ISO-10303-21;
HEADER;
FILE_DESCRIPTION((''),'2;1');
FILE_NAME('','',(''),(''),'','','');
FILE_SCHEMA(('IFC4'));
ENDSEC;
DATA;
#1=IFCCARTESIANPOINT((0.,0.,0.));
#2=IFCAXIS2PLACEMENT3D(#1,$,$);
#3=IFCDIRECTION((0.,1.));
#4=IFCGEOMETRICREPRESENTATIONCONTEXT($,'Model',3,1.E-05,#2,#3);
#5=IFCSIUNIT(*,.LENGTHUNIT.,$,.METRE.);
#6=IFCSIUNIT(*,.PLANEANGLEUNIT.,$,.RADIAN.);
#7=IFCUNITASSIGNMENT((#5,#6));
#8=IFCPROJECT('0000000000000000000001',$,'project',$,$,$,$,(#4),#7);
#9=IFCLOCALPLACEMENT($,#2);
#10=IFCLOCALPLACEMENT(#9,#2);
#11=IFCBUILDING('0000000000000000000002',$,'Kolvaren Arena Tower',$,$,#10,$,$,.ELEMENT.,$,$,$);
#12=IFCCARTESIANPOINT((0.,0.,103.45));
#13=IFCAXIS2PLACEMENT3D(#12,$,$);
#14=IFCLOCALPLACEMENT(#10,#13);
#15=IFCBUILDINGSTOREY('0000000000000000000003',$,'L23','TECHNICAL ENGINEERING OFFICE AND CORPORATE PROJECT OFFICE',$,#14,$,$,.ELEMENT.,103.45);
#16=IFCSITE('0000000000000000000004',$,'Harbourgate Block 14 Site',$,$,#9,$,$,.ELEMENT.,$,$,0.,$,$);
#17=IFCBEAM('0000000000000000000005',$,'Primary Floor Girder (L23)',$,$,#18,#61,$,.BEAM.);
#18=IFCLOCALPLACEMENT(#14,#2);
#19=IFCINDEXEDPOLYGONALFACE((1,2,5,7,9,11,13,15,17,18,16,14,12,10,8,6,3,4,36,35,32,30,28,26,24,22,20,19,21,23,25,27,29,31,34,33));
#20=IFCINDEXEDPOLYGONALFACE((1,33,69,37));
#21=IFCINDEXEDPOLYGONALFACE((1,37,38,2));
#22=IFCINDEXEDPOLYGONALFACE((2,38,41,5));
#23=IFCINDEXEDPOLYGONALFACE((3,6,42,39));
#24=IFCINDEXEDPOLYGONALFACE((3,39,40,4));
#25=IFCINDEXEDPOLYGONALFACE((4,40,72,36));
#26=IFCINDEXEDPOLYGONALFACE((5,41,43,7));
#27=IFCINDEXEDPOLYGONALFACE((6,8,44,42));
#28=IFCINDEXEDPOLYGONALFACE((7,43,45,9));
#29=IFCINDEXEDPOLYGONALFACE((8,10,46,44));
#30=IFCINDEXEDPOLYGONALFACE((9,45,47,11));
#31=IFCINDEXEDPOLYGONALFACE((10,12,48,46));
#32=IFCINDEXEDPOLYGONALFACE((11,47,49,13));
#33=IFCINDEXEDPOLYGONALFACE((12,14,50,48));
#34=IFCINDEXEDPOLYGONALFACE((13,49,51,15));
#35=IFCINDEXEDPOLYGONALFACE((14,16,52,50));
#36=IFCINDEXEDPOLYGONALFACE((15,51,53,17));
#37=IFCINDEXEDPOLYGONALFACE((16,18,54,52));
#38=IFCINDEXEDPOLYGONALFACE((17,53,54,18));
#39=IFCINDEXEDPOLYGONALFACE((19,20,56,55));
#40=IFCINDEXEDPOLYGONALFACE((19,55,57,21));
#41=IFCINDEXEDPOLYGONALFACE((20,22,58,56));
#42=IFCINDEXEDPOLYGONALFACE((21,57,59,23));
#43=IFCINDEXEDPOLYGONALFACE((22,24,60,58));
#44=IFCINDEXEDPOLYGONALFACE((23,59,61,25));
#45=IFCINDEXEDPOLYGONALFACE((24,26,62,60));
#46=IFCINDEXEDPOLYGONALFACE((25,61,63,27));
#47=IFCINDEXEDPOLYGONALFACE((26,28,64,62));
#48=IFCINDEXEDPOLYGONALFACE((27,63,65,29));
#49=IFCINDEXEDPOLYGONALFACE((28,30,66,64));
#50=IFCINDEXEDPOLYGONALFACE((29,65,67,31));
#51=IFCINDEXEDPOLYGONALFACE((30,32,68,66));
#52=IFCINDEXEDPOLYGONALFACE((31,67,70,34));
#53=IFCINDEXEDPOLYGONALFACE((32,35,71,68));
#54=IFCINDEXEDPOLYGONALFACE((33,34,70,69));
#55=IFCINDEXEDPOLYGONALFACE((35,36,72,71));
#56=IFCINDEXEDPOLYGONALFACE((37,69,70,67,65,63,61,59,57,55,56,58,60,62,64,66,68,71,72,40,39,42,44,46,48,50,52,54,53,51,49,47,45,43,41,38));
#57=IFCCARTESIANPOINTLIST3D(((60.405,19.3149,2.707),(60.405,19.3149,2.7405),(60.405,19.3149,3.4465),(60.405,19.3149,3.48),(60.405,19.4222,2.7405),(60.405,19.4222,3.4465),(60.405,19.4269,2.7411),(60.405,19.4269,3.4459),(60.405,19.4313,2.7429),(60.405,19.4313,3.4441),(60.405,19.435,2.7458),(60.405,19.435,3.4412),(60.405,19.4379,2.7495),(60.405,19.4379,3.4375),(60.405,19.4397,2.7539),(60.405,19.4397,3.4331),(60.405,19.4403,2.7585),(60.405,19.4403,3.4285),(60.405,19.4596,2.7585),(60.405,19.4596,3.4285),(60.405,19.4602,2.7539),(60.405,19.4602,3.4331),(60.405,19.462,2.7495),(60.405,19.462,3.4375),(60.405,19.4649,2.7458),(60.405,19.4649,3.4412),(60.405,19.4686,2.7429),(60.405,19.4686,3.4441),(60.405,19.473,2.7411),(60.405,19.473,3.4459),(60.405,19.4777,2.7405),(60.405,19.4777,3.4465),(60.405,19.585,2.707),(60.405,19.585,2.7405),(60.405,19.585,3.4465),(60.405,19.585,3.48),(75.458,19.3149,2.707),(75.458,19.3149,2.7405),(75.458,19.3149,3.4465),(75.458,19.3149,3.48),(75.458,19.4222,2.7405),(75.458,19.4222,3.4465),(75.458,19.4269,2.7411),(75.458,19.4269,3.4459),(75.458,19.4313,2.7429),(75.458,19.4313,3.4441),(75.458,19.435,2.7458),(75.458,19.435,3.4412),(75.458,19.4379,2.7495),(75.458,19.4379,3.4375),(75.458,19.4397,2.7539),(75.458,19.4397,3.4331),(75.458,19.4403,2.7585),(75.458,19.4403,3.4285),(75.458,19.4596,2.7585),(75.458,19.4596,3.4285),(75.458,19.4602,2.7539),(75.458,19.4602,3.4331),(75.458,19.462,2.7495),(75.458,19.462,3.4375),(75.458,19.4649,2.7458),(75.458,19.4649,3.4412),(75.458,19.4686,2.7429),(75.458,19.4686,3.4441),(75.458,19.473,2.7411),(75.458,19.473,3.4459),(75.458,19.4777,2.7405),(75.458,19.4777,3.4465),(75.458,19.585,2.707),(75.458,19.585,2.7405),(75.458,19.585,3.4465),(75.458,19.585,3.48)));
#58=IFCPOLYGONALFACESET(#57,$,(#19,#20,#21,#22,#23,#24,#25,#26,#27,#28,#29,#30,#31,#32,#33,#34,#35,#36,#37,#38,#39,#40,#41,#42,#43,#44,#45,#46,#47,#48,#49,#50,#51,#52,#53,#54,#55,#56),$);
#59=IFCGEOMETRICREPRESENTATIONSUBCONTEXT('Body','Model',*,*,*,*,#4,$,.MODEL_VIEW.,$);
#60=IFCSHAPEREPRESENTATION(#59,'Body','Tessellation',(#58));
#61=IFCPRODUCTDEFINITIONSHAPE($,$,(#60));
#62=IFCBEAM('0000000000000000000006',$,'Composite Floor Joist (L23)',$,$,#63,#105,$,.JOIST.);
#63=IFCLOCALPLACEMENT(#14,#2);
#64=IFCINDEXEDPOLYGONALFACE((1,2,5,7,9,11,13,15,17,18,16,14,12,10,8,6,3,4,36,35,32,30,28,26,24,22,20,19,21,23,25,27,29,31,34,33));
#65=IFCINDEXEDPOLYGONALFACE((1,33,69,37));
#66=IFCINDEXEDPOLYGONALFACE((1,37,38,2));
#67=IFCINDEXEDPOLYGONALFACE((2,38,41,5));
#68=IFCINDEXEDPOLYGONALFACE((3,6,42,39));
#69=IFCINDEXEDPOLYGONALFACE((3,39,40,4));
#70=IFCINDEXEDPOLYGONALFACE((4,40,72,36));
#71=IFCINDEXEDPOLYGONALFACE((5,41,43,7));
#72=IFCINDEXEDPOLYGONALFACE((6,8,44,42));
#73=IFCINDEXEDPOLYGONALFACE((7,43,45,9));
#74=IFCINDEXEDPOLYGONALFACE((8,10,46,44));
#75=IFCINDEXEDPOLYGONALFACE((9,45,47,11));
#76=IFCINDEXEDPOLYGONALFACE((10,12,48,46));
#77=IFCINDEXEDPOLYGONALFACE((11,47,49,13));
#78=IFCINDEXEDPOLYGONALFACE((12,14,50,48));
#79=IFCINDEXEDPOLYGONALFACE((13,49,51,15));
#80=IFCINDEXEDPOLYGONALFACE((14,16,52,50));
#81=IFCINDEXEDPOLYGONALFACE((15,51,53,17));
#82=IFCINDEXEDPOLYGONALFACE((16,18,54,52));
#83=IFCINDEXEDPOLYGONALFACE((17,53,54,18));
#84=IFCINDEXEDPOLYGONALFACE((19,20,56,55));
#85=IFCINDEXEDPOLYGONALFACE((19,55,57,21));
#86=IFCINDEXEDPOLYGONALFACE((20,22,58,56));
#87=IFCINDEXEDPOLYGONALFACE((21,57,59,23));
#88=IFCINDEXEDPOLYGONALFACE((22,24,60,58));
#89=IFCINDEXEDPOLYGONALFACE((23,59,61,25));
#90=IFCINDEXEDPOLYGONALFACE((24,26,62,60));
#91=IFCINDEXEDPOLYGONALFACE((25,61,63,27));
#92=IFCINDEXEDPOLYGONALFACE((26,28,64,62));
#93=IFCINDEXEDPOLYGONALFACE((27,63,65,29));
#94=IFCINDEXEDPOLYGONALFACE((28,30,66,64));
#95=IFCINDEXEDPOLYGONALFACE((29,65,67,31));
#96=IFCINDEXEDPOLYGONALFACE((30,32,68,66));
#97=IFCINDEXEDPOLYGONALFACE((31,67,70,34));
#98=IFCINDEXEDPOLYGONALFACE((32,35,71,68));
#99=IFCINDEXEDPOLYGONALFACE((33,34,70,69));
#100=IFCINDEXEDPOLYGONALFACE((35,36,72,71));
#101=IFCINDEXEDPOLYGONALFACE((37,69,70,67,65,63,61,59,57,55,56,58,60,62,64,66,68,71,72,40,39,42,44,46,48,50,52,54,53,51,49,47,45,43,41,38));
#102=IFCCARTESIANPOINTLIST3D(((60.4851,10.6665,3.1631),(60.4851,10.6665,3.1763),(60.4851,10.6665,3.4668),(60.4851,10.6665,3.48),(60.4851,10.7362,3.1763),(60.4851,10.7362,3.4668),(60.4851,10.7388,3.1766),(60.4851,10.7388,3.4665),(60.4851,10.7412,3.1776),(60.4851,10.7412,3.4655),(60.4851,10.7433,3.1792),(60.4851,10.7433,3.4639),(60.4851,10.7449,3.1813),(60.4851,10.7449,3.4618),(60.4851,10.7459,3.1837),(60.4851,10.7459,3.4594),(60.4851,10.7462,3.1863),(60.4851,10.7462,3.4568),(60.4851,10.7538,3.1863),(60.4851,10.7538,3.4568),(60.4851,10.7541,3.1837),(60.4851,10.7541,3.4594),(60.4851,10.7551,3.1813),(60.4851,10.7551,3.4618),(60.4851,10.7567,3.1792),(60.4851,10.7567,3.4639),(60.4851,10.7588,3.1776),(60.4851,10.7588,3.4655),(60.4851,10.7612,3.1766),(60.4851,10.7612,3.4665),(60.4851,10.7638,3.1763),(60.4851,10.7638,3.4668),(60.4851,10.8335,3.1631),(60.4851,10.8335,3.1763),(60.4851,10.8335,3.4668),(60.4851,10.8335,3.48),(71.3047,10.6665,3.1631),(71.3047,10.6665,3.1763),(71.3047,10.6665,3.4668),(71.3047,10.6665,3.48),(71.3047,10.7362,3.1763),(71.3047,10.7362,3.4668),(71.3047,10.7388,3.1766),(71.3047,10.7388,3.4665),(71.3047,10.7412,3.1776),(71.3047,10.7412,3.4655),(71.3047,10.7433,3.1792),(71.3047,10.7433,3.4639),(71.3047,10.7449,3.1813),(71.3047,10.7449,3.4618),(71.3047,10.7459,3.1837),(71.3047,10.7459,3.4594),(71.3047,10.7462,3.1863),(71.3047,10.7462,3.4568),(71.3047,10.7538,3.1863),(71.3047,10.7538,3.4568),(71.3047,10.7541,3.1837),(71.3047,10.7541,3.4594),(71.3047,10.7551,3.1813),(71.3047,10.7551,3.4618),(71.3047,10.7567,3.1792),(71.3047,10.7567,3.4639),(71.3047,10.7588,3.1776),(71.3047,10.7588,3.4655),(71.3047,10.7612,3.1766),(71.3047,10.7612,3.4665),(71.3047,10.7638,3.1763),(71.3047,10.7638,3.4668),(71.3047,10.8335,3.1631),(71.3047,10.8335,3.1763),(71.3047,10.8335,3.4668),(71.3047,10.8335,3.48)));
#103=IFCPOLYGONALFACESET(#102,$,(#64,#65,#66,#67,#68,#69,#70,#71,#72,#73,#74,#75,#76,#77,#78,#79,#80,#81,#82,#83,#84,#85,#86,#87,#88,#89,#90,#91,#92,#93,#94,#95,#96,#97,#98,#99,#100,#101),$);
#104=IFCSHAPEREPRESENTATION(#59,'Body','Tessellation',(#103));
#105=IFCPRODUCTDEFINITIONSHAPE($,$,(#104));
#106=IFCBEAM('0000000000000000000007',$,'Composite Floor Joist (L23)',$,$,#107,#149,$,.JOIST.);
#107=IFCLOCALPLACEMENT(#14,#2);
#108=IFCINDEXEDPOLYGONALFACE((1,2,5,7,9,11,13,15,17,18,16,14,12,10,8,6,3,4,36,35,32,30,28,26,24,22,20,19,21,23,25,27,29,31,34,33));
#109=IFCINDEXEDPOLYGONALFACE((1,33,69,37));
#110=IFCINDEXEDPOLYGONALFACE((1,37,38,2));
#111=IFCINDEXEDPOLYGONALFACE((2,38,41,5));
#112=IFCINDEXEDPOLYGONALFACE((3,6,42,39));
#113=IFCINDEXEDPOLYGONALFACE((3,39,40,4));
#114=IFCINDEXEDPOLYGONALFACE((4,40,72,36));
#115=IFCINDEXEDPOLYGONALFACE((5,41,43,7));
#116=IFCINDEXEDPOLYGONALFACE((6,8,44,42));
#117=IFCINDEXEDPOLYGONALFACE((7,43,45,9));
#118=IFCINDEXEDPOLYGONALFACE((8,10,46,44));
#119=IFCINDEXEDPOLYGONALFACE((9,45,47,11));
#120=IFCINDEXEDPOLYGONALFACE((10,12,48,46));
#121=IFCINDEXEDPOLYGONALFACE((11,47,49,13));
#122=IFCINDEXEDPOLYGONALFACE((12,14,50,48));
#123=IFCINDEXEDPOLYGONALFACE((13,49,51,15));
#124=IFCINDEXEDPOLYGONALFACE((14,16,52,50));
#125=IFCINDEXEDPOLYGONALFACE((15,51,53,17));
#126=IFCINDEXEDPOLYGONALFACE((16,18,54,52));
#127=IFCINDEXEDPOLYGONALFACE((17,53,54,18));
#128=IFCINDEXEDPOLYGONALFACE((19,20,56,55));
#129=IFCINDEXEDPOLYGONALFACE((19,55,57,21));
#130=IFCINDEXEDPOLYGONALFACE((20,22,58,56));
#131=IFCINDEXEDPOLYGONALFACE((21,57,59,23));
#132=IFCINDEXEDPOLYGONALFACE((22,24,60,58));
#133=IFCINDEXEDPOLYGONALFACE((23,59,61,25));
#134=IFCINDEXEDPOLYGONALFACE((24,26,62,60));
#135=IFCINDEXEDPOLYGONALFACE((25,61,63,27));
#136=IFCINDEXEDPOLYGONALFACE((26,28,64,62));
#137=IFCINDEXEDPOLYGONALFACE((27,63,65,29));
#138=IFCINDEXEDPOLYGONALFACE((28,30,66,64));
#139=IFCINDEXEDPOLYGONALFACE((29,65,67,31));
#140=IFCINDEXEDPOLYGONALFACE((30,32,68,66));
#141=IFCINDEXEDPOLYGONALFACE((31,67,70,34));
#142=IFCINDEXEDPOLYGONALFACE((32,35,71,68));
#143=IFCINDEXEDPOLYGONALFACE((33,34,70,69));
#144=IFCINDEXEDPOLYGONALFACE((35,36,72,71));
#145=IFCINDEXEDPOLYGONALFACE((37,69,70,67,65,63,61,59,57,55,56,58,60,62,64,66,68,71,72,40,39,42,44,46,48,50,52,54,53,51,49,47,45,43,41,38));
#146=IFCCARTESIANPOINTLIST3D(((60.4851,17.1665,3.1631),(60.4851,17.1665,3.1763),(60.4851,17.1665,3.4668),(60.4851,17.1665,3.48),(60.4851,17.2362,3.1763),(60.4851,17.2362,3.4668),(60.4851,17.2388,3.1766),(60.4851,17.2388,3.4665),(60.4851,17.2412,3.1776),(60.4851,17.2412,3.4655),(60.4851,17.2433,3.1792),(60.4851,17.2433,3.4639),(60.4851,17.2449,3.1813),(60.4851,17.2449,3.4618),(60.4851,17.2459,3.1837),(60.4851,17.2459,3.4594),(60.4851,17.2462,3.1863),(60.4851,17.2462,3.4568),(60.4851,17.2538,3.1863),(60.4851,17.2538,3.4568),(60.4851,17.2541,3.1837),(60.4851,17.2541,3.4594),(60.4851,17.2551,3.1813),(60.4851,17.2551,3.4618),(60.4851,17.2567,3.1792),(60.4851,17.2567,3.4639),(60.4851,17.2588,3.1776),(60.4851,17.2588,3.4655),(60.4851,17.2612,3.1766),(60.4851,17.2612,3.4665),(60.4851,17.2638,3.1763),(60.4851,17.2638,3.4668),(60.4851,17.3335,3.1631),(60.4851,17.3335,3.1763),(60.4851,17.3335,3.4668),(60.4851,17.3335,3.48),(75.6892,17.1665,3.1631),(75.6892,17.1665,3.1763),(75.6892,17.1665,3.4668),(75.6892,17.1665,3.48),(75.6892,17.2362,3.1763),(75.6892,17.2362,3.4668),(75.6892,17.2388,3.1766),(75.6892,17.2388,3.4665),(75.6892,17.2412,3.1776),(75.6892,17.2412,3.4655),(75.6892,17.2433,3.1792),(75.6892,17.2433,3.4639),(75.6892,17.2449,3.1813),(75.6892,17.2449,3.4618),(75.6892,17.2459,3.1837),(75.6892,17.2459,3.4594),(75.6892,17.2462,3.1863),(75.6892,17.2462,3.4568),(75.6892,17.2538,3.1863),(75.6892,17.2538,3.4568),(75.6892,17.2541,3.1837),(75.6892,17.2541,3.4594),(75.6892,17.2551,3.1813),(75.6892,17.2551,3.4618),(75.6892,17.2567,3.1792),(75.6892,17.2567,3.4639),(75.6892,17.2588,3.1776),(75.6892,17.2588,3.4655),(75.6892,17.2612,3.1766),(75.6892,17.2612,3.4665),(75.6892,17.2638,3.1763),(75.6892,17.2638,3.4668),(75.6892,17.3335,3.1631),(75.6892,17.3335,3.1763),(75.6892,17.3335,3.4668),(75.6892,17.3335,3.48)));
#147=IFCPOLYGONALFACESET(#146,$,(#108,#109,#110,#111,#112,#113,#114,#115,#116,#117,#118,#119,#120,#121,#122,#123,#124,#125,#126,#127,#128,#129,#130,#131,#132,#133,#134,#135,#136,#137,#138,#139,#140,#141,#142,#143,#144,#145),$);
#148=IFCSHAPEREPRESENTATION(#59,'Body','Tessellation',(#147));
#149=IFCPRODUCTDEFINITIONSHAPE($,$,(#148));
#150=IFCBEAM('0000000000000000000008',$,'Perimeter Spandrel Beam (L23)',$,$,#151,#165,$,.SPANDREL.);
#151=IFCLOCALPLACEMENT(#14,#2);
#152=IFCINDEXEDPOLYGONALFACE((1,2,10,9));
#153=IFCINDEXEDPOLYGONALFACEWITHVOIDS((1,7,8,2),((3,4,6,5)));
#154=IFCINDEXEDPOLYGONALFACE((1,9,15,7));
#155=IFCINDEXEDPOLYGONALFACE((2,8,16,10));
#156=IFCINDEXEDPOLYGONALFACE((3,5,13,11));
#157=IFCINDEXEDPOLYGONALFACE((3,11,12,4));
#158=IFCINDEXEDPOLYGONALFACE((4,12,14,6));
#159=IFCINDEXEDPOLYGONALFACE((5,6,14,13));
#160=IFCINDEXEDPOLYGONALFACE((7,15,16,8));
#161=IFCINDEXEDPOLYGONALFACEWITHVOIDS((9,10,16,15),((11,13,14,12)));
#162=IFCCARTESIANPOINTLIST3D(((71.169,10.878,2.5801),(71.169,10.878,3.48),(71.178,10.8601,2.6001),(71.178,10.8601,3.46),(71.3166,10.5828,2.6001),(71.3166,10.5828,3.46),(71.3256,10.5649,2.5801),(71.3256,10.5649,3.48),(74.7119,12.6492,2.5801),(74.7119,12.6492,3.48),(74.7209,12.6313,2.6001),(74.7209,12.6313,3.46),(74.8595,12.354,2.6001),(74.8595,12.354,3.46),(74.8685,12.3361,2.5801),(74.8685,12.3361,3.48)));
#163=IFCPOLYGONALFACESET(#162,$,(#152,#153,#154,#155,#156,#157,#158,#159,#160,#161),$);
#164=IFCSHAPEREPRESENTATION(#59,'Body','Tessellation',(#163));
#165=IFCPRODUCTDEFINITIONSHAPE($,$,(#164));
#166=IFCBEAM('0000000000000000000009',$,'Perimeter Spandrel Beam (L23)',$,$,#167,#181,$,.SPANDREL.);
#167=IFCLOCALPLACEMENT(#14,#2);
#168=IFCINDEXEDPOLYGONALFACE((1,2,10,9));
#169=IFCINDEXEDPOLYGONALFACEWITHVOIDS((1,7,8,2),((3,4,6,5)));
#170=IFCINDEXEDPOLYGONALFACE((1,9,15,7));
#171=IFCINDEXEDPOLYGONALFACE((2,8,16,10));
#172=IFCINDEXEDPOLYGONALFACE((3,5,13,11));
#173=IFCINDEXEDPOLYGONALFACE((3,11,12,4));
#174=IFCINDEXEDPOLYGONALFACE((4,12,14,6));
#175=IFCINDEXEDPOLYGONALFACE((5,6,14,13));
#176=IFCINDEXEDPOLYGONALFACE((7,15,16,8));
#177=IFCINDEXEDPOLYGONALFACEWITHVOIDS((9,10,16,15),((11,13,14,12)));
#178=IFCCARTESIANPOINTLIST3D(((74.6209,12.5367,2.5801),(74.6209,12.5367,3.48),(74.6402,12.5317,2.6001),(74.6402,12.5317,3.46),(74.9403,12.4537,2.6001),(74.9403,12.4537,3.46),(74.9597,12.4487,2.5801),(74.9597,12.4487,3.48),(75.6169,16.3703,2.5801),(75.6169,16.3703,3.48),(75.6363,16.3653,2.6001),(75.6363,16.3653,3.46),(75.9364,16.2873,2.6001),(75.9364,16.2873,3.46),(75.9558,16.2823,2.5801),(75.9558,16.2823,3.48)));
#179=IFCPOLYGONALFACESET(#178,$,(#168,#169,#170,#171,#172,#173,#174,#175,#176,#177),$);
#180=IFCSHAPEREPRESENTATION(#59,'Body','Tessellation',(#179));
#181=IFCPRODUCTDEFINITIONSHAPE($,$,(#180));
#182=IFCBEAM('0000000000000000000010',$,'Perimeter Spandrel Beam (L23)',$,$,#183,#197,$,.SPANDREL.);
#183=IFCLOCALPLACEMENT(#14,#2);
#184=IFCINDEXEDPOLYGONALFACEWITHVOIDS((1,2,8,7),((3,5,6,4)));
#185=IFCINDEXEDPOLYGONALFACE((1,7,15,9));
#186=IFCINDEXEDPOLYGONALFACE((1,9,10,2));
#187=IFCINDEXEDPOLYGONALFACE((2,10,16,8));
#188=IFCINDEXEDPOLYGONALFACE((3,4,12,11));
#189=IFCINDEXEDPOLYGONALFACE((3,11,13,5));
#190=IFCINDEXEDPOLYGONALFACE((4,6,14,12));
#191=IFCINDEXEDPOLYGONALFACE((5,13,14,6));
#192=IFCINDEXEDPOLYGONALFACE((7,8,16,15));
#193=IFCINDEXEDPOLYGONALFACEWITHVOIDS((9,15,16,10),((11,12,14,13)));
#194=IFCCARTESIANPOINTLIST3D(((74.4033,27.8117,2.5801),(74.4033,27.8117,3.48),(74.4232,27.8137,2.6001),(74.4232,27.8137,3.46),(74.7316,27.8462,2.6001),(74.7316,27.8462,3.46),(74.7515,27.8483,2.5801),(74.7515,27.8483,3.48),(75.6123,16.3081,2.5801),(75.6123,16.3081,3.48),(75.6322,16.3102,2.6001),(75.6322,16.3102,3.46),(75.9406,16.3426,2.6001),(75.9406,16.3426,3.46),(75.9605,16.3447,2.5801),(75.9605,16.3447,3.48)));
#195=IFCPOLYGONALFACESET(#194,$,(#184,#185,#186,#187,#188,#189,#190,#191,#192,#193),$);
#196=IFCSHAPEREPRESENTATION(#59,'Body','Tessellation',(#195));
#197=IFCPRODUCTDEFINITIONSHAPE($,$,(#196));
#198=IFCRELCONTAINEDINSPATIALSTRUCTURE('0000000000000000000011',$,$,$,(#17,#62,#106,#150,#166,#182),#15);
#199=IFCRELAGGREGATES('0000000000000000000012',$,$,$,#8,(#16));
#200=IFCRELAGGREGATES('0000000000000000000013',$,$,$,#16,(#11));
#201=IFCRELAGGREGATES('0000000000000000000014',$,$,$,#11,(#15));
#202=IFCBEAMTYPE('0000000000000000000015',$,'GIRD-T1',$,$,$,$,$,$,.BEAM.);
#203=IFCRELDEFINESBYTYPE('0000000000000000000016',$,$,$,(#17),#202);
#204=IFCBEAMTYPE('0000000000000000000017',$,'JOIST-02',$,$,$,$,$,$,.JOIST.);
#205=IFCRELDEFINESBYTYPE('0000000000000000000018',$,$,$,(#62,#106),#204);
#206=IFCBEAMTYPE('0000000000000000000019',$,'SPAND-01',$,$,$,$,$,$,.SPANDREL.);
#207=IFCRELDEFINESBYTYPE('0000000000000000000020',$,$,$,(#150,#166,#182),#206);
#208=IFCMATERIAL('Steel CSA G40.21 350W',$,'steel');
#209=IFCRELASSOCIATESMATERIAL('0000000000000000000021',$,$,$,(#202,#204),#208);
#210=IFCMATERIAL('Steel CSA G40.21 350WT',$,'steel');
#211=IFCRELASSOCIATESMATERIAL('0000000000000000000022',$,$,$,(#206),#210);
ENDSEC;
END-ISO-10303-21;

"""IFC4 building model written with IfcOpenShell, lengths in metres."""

from ifc_helpers import new_model, si_unit, direction, frame, origin, origin_2d, place, context, subcontext, project, spatial, hollow_rectangle, i_section, extrude, material, material_profile, profile_set, type_object, element, save


model = new_model("IFC4")

# Units and contexts
model_context = context("Model", 3, precision=1e-05, world=origin(), true_north=direction((0.0, 1.0)))
body_context = subcontext(model_context, "Body", "Model", "MODEL_VIEW")
ifc_project = project(units=[si_unit("LENGTHUNIT", "METRE"), si_unit("PLANEANGLEUNIT", "RADIAN")], contexts=[model_context])

# Site, building, storey
site_placement = place(None, origin())
site = spatial("IfcSite", under=ifc_project, at=site_placement, Name="Harbourgate Block 14 Site", CompositionType="ELEMENT", RefElevation=0.0)
building_placement = place(site_placement, origin())
building = spatial("IfcBuilding", under=site, at=building_placement, Name="Kolvaren Arena Tower", CompositionType="ELEMENT")
storey_placement = place(building_placement, frame((0.0, 0.0, 103.45)))
storey = spatial("IfcBuildingStorey", under=building, at=storey_placement, Name="L23", Description="TECHNICAL ENGINEERING OFFICE AND CORPORATE PROJECT OFFICE", CompositionType="ELEMENT", Elevation=103.45)

# Beams
ifc_material_1 = material(Name="Steel CSA G40.21 350W", Category="steel")
ifc_material_profile_1 = material_profile(ifc_material_1, i_section(OverallWidth=0.27, OverallDepth=0.7729, WebThickness=0.0193, FlangeThickness=0.0334, FilletRadius=0.0181, at=origin_2d()), Name="W760x257")
ifc_profile_set_1 = profile_set([ifc_material_profile_1], Name="Steel CSA G40.21 350W")
beam_type_1 = type_object("IfcBeamType", Name="GIRD-T1", PredefinedType="BEAM", material=ifc_profile_set_1)
beam_1_placement = place(storey_placement, frame((60.405, 19.45, 3.0935), z_axis=(1.0, 0.0, 0.0), x_axis=(0.0, 1.0, 0.0)))
element("IfcBeam", 1, at=beam_1_placement, inside=storey, type_object=beam_type_1, Name="Primary Floor Girder (L23)", PredefinedType="BEAM", context=body_context, shape_type="SweptSolid", body=[
    extrude(i_section(OverallWidth=0.27, OverallDepth=0.7729, WebThickness=0.0193, FlangeThickness=0.0334, FilletRadius=0.0181, at=origin_2d()), origin(), (0.0, 0.0, 1.0), 15.053),
])
ifc_material_profile_2 = material_profile(ifc_material_1, i_section(OverallWidth=0.167, OverallDepth=0.3169, WebThickness=0.0076, FlangeThickness=0.0132, FilletRadius=0.01, at=origin_2d()), Name="W310x52")
ifc_profile_set_2 = profile_set([ifc_material_profile_2], Name="Steel CSA G40.21 350W")
beam_type_2 = type_object("IfcBeamType", Name="JOIST-02", PredefinedType="JOIST", material=ifc_profile_set_2)
beam_2_placement = place(storey_placement, frame((60.4851, 10.75, 3.3215), z_axis=(1.0, 0.0, 0.0), x_axis=(0.0, 1.0, 0.0)))
element("IfcBeam", 2, at=beam_2_placement, inside=storey, type_object=beam_type_2, Name="Composite Floor Joist (L23)", PredefinedType="JOIST", context=body_context, shape_type="SweptSolid", body=[
    extrude(i_section(OverallWidth=0.167, OverallDepth=0.3169, WebThickness=0.0076, FlangeThickness=0.0132, FilletRadius=0.01, at=origin_2d()), origin(), (0.0, 0.0, 1.0), 10.8196),
])
beam_3_placement = place(storey_placement, frame((60.4851, 17.25, 3.3215), z_axis=(1.0, 0.0, 0.0), x_axis=(0.0, 1.0, 0.0)))
element("IfcBeam", 3, at=beam_3_placement, inside=storey, type_object=beam_type_2, Name="Composite Floor Joist (L23)", PredefinedType="JOIST", context=body_context, shape_type="SweptSolid", body=[
    extrude(i_section(OverallWidth=0.167, OverallDepth=0.3169, WebThickness=0.0076, FlangeThickness=0.0132, FilletRadius=0.01, at=origin_2d()), origin(), (0.0, 0.0, 1.0), 15.2041),
])
ifc_material_2 = material(Name="Steel CSA G40.21 350WT", Category="steel")
ifc_material_profile_3 = material_profile(ifc_material_2, hollow_rectangle(XDim=0.3501, YDim=0.8999, WallThickness=0.02, at=origin_2d()), Name="HSS 900x350x20")
ifc_profile_set_3 = profile_set([ifc_material_profile_3], Name="Steel CSA G40.21 350WT")
beam_type_3 = type_object("IfcBeamType", Name="SPAND-01", PredefinedType="SPANDREL", material=ifc_profile_set_3)
for number, where, z_axis, x_axis, name in (
    (4, (71.2473, 10.7214, 3.03), (0.894452, 0.447164, 0.0), (-0.447164, 0.894452, 0.0), "Perimeter Spandrel Beam (L23)"),
    (5, (74.7903, 12.4927, 3.03), (0.251473, 0.967864, 0.0), (-0.967864, 0.251473, 0.0), "Perimeter Spandrel Beam (L23)"),
):
    element("IfcBeam", number, at=place(storey_placement, frame(where, z_axis=z_axis, x_axis=x_axis)), inside=storey, type_object=beam_type_3, Name=name, PredefinedType="SPANDREL", context=body_context, shape_type="SweptSolid", body=[
        extrude(hollow_rectangle(XDim=0.3501, YDim=0.8999, WallThickness=0.02, at=origin_2d()), origin(), (0.0, 0.0, 1.0), 3.9609),
    ])
beam_4_placement = place(storey_placement, frame((75.7864, 16.3264, 3.03), z_axis=(-0.104522, 0.994523, 0.0), x_axis=(-0.994523, -0.104522, 0.0)))
element("IfcBeam", 6, at=beam_4_placement, inside=storey, type_object=beam_type_3, Name="Perimeter Spandrel Beam (L23)", PredefinedType="SPANDREL", context=body_context, shape_type="SweptSolid", body=[
    extrude(hollow_rectangle(XDim=0.3501, YDim=0.8999, WallThickness=0.02, at=origin_2d()), origin(), (0.0, 0.0, 1.0), 11.5669),
])

save(model, "model.ifc")
